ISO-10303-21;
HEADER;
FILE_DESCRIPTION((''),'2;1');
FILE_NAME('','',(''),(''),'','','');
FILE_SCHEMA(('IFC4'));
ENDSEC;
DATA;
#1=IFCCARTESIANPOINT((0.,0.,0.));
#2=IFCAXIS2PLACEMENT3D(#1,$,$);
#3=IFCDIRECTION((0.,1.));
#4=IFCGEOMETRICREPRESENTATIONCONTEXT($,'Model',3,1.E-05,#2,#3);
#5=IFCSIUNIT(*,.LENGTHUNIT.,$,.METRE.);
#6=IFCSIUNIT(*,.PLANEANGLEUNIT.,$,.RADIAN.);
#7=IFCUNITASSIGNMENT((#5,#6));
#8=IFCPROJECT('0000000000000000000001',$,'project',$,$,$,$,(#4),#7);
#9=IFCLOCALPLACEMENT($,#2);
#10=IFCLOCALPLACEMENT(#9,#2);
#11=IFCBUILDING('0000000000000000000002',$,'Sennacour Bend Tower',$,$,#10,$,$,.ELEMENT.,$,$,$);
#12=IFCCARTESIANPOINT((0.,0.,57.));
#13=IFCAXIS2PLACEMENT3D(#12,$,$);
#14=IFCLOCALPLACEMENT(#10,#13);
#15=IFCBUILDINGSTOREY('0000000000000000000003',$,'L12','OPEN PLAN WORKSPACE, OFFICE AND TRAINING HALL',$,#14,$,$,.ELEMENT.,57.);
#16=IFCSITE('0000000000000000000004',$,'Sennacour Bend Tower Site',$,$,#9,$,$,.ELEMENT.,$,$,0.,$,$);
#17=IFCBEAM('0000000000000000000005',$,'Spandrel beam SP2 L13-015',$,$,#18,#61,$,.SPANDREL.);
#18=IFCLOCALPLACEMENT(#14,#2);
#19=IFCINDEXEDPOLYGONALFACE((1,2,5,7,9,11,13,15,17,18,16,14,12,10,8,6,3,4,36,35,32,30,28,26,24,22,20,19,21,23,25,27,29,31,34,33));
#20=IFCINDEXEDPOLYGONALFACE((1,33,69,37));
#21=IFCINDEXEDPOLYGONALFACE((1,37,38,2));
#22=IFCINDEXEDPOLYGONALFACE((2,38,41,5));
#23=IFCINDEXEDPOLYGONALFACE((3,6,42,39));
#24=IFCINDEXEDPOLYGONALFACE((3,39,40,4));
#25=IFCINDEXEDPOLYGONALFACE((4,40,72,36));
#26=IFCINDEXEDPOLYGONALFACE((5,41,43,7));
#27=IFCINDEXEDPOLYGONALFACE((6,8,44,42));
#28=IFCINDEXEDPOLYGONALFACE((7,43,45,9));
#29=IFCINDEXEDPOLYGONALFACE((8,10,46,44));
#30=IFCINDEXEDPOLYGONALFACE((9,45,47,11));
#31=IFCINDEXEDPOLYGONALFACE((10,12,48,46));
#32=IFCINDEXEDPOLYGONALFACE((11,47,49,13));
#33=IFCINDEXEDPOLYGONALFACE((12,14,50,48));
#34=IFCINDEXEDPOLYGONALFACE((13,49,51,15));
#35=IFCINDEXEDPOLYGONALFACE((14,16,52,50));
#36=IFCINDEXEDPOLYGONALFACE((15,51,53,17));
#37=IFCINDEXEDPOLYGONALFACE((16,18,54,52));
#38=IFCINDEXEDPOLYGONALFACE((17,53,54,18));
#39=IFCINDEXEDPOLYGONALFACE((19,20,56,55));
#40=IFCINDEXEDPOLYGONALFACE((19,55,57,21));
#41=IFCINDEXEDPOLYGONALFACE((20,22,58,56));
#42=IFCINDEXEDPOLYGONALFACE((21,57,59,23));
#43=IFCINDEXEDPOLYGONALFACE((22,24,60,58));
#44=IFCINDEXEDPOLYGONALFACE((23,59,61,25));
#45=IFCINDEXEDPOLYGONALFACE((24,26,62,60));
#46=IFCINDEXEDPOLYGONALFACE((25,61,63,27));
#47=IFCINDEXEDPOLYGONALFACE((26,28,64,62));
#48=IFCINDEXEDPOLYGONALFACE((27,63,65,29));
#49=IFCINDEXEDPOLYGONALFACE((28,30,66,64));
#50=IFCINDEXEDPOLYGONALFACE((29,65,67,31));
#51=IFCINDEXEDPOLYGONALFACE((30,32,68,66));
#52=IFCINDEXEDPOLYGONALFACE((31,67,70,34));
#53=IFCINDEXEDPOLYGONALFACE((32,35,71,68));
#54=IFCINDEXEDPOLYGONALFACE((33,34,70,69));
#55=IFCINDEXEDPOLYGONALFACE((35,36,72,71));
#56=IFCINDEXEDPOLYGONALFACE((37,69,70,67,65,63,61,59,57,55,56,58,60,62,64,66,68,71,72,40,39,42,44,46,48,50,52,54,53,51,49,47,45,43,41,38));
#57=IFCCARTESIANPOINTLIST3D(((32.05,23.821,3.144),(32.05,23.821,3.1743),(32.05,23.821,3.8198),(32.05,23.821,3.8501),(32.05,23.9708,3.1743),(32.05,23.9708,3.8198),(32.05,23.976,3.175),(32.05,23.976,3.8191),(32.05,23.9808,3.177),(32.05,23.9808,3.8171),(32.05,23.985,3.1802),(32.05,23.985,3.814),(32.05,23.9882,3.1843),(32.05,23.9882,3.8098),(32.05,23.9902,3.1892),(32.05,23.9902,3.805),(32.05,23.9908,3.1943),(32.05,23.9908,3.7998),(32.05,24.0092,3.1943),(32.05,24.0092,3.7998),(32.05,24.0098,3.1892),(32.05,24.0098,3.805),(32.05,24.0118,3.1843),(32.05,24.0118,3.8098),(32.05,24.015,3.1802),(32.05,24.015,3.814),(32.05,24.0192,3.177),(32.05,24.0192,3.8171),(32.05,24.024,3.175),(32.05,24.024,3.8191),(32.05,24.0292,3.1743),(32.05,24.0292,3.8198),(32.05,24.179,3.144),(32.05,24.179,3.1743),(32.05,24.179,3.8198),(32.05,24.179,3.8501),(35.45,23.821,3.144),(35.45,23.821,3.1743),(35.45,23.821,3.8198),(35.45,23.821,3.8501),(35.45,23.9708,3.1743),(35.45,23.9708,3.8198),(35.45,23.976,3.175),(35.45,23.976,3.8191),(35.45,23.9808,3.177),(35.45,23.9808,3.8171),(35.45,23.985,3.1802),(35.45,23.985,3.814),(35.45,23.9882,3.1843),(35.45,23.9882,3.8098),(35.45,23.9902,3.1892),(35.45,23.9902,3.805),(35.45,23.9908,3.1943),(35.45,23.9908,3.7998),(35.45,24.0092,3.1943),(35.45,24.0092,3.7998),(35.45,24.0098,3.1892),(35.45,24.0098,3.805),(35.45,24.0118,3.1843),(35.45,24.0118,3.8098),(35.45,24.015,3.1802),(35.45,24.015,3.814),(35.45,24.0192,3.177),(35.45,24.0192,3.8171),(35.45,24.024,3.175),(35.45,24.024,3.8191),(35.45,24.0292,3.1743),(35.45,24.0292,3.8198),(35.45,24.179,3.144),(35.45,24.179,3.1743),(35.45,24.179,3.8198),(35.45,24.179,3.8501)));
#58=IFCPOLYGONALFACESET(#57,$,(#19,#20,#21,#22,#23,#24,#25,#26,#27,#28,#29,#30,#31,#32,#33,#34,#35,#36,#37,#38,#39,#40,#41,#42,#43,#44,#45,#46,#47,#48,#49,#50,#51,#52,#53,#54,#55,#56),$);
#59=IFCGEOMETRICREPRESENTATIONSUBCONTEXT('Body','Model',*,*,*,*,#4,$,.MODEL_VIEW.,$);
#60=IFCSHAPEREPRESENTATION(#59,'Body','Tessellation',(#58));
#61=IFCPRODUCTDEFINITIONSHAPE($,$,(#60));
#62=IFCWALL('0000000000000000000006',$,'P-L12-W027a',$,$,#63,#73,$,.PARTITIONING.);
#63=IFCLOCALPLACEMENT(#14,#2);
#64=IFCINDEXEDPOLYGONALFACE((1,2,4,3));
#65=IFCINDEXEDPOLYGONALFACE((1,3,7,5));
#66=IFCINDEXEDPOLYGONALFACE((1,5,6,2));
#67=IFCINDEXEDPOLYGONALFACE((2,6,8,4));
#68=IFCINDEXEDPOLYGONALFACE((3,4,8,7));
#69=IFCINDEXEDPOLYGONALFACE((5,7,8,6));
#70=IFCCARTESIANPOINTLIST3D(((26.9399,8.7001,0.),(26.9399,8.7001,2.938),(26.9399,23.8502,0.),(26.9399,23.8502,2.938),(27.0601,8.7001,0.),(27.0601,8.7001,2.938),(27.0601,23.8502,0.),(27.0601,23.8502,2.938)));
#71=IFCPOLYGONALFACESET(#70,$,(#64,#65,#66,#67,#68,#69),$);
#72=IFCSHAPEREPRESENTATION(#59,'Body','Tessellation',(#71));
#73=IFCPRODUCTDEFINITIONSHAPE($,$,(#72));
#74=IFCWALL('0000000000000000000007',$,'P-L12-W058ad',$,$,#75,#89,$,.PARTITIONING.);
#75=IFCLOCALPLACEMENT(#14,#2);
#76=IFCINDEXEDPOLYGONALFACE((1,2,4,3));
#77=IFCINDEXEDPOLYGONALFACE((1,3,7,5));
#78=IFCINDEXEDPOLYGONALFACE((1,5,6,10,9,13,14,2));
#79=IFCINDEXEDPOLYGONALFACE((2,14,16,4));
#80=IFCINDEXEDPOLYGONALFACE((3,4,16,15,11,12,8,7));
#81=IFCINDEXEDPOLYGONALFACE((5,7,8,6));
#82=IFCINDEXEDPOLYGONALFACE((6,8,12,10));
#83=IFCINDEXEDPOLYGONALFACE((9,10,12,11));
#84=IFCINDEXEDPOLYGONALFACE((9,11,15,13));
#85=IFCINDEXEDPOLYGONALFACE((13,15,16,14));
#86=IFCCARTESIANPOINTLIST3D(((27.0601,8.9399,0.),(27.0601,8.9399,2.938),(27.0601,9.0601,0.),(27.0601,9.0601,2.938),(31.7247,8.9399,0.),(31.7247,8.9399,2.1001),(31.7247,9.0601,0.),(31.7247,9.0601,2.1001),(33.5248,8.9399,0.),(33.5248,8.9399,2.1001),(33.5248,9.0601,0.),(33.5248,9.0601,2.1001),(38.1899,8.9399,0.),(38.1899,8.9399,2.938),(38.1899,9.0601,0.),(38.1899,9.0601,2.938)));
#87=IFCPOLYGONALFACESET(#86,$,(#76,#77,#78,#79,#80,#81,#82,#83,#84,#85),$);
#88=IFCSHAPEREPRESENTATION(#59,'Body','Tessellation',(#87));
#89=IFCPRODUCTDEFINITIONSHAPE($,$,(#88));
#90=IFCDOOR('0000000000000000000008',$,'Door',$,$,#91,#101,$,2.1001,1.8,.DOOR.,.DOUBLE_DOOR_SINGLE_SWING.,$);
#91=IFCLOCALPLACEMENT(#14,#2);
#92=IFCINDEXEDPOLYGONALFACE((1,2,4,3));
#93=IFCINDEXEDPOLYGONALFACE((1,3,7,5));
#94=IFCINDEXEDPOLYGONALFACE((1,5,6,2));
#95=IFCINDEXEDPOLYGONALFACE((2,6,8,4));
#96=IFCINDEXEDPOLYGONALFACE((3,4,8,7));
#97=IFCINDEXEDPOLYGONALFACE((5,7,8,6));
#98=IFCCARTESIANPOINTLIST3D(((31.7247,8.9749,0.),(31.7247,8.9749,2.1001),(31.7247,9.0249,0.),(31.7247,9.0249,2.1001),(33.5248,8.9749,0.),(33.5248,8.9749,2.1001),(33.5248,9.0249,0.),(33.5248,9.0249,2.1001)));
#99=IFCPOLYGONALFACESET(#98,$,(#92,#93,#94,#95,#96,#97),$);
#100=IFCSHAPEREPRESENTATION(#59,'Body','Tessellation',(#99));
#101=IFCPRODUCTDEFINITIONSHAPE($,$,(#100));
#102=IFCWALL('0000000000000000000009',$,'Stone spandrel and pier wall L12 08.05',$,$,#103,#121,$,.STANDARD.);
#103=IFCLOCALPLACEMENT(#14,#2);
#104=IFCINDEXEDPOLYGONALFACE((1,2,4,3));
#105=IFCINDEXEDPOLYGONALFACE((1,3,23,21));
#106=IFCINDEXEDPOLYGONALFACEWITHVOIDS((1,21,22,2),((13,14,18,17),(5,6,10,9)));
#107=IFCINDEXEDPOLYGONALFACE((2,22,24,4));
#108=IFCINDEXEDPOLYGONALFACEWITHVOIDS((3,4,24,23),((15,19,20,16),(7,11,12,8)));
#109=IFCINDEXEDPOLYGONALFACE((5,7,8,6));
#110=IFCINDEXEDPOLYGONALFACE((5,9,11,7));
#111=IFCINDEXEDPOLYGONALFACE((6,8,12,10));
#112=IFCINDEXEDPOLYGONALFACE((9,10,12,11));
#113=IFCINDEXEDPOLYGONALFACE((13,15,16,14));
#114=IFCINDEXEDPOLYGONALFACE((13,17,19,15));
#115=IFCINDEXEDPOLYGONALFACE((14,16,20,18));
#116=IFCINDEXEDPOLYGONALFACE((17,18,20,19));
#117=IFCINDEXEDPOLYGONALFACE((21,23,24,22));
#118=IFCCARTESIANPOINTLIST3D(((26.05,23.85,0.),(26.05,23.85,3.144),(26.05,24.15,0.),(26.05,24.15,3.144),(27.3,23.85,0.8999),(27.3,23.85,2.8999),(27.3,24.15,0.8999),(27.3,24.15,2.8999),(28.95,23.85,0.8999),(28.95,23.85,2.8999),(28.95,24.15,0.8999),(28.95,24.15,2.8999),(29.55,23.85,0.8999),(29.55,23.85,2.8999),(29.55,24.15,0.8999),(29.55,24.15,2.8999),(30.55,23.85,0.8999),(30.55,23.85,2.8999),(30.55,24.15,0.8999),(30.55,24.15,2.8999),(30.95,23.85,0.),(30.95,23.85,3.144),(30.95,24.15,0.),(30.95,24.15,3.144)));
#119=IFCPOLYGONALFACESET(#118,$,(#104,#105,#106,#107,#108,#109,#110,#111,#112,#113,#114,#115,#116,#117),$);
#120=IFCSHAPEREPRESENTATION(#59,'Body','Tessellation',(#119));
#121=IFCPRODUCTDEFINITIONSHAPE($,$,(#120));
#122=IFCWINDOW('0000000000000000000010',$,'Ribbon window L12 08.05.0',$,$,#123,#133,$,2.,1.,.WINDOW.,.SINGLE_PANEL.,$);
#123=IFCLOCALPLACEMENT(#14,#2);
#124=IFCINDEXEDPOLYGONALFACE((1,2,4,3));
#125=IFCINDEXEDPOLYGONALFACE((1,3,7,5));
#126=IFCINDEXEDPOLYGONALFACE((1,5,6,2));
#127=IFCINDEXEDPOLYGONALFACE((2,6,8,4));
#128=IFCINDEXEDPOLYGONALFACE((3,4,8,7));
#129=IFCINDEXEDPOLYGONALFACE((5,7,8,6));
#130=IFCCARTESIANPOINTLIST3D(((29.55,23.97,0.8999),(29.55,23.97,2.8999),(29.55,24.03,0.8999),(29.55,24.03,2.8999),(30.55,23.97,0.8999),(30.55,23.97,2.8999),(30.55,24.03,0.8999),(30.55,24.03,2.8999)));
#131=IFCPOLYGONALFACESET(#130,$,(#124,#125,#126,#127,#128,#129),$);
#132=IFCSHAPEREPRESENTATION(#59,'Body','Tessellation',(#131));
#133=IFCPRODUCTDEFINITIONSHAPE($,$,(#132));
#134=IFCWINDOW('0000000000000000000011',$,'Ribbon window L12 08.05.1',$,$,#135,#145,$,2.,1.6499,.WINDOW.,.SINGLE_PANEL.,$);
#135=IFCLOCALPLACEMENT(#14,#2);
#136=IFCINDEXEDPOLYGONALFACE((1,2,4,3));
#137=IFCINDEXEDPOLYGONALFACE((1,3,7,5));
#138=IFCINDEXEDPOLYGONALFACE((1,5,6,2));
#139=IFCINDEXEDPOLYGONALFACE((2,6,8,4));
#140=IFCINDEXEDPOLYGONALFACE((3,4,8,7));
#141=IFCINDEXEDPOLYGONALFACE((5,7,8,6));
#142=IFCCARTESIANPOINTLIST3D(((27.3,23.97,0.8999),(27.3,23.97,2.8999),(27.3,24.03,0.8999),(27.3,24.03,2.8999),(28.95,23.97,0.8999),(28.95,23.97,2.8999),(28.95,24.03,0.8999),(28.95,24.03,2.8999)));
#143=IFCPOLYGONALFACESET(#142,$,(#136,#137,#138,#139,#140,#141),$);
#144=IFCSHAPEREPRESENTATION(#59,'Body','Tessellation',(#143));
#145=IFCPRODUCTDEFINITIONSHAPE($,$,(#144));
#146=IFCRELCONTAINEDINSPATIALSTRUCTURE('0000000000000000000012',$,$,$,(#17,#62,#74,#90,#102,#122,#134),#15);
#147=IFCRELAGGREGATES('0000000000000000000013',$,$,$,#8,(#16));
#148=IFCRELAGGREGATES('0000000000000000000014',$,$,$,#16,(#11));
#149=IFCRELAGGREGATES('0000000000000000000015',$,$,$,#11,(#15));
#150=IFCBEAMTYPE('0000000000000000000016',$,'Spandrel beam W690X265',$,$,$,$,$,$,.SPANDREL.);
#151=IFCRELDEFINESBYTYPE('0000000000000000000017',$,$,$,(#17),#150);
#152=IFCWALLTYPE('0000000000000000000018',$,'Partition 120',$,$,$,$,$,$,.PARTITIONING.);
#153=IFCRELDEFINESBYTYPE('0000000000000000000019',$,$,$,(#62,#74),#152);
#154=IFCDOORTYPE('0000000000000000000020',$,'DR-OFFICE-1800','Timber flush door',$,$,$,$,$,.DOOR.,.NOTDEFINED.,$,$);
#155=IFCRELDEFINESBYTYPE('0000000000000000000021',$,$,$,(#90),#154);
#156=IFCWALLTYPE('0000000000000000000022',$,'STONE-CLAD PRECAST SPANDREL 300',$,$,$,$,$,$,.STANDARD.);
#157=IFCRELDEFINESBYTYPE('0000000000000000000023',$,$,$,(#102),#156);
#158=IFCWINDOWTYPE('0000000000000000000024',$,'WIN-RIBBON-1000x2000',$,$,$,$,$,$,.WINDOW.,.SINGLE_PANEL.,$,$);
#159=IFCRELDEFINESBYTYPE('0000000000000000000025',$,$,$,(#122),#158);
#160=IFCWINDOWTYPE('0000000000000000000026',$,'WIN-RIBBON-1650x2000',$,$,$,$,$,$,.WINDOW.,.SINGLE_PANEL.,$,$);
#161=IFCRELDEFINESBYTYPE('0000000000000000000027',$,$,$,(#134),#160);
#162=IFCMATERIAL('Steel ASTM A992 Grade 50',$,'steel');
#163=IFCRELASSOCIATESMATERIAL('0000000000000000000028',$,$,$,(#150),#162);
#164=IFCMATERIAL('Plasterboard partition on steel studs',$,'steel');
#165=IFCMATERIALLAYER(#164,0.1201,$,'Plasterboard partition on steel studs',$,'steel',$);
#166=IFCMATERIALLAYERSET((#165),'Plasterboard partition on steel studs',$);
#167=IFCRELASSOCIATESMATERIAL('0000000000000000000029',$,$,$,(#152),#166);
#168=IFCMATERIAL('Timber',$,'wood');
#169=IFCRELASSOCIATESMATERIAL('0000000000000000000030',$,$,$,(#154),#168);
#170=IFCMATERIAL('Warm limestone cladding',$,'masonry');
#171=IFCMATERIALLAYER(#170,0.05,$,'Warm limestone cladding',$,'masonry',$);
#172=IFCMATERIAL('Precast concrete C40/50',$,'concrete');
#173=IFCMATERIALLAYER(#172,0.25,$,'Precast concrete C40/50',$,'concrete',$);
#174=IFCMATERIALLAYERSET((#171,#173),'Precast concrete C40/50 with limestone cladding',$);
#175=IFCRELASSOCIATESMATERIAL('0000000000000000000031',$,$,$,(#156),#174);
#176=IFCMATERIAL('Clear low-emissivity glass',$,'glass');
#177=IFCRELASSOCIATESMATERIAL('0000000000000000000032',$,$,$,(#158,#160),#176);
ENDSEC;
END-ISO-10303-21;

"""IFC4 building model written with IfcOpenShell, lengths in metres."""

from ifc_helpers import new_model, si_unit, direction, frame, frame_2d, origin, origin_2d, place, context, subcontext, project, spatial, rectangle, i_section, extrude, material, layer, layer_set, material_profile, profile_set, type_object, element, fill, save


model = new_model("IFC4")

# Units and contexts
model_context = context("Model", 3, precision=1e-05, world=origin(), true_north=direction((0.0, 1.0)))
body_context = subcontext(model_context, "Body", "Model", "MODEL_VIEW")
ifc_project = project(units=[si_unit("LENGTHUNIT", "METRE"), si_unit("PLANEANGLEUNIT", "RADIAN")], contexts=[model_context])

# Site, building, storey
site_placement = place(None, origin())
site = spatial("IfcSite", under=ifc_project, at=site_placement, Name="Sennacour Bend Tower Site", CompositionType="ELEMENT", RefElevation=0.0)
building_placement = place(site_placement, origin())
building = spatial("IfcBuilding", under=site, at=building_placement, Name="Sennacour Bend Tower", CompositionType="ELEMENT")
storey_placement = place(building_placement, frame((0.0, 0.0, 57.0)))
storey = spatial("IfcBuildingStorey", under=building, at=storey_placement, Name="L12", Description="OPEN PLAN WORKSPACE, OFFICE AND TRAINING HALL", CompositionType="ELEMENT", Elevation=57.0)

# Beam
ifc_material_1 = material(Name="Steel ASTM A992 Grade 50", Category="steel")
ifc_material_profile_1 = material_profile(ifc_material_1, i_section(OverallWidth=0.3579, OverallDepth=0.7061, WebThickness=0.0183, FlangeThickness=0.0303, FilletRadius=0.02, at=origin_2d()), Name="Steel ASTM A992 Grade 50", Category="steel")
ifc_profile_set_1 = profile_set([ifc_material_profile_1], Name="Steel ASTM A992 Grade 50")
beam_type_1 = type_object("IfcBeamType", Name="Spandrel beam W690X265", PredefinedType="SPANDREL", material=ifc_profile_set_1)
beam_1_placement = place(storey_placement, frame((32.05, 24.0, 3.4971), z_axis=(1.0, 0.0, 0.0), x_axis=(0.0, 1.0, 0.0)))
element("IfcBeam", 1, at=beam_1_placement, inside=storey, type_object=beam_type_1, Name="Spandrel beam SP2 L13-015", PredefinedType="SPANDREL", context=body_context, shape_type="SweptSolid", body=[
    extrude(i_section(OverallWidth=0.3579, OverallDepth=0.7061, WebThickness=0.0183, FlangeThickness=0.0303, FilletRadius=0.02, at=origin_2d()), origin(), (0.0, 0.0, 1.0), 3.3999),
])

# Wall
ifc_material_2 = material(Name="Plasterboard partition on steel studs", Category="steel")
ifc_layer_1 = layer(ifc_material_2, 0.1201, Name="Plasterboard partition on steel studs", Category="steel")
ifc_layer_set_1 = layer_set([ifc_layer_1], Name="Plasterboard partition on steel studs")
wall_type_1 = type_object("IfcWallType", Name="Partition 120", PredefinedType="PARTITIONING", material=ifc_layer_set_1)
wall_1_placement = place(storey_placement, frame((27.0, 8.7, 0.0), z_axis=(0.0, 0.0, 1.0), x_axis=(0.0, 1.0, 0.0)))
element("IfcWall", 2, at=wall_1_placement, inside=storey, type_object=wall_type_1, Name="P-L12-W027a", PredefinedType="PARTITIONING", context=body_context, shape_type="SweptSolid", body=[
    extrude(rectangle(XDim=15.1501, YDim=0.1201, at=frame_2d((7.5752, 0.0))), origin(), (0.0, 0.0, 1.0), 2.938),
])

# Wall, opening, door
wall_2_placement = place(storey_placement, frame((27.0601, 9.0, 0.0), z_axis=(0.0, 0.0, 1.0), x_axis=(1.0, 0.0, 0.0)))
wall_2 = element("IfcWall", 3, at=wall_2_placement, inside=storey, type_object=wall_type_1, Name="P-L12-W058ad", PredefinedType="PARTITIONING", context=body_context, shape_type="SweptSolid", body=[
    extrude(rectangle(XDim=11.1299, YDim=0.1201, at=frame_2d((5.5649, 0.0))), origin(), (0.0, 0.0, 1.0), 2.938),
])
opening_1_placement = place(wall_2_placement, frame((4.6648, 0.0, 0.0)))
opening_1 = element("IfcOpeningElement", 4, at=opening_1_placement, cuts=wall_2, PredefinedType="OPENING", context=body_context, shape_type="SweptSolid", body=[
    extrude(rectangle(XDim=1.8, YDim=2.1001, at=frame_2d((0.8999, 1.05))), frame((0.0, 0.0701, 0.0), z_axis=(0.0, -1.0, 0.0), x_axis=(1.0, 0.0, 0.0)), (0.0, 0.0, 1.0), 0.1401),
])
ifc_material_3 = material(Name="Timber", Category="wood")
door_type = type_object("IfcDoorType", Name="DR-OFFICE-1800", Description="Timber flush door", OperationType="NOTDEFINED", PredefinedType="DOOR", material=ifc_material_3)
door_placement = place(opening_1_placement, origin())
door = element("IfcDoor", 5, at=door_placement, inside=storey, type_object=door_type, Name="Door", OperationType="DOUBLE_DOOR_SINGLE_SWING", OverallHeight=2.1001, OverallWidth=1.8, PredefinedType="DOOR", context=body_context, shape_type="SweptSolid", body=[
    extrude(rectangle(XDim=1.8, YDim=2.1001, at=frame_2d((0.8999, 1.05))), frame((0.0, 0.0249, 0.0), z_axis=(0.0, -1.0, 0.0), x_axis=(1.0, 0.0, 0.0)), (0.0, 0.0, 1.0), 0.05),
])
fill(opening_1, door)

# Wall, openings, windows
ifc_material_4 = material(Name="Warm limestone cladding", Category="masonry")
ifc_layer_2 = layer(ifc_material_4, 0.05, Name="Warm limestone cladding", Category="masonry")
ifc_material_5 = material(Name="Precast concrete C40/50", Category="concrete")
ifc_layer_3 = layer(ifc_material_5, 0.25, Name="Precast concrete C40/50", Category="concrete")
ifc_layer_set_2 = layer_set([ifc_layer_2, ifc_layer_3], Name="Precast concrete C40/50 with limestone cladding")
wall_type_2 = type_object("IfcWallType", Name="STONE-CLAD PRECAST SPANDREL 300", PredefinedType="STANDARD", material=ifc_layer_set_2)
wall_3_placement = place(storey_placement, frame((30.95, 24.0, 0.0), z_axis=(0.0, 0.0, 1.0), x_axis=(-1.0, 0.0, 0.0)))
wall_3 = element("IfcWall", 6, at=wall_3_placement, inside=storey, type_object=wall_type_2, Name="Stone spandrel and pier wall L12 08.05", PredefinedType="STANDARD", context=body_context, shape_type="SweptSolid", body=[
    extrude(rectangle(XDim=4.8999, YDim=0.3, at=frame_2d((2.45, 0.0))), origin(), (0.0, 0.0, 1.0), 3.144),
])
opening_2_placement = place(wall_3_placement, frame((0.3999, 0.0, 0.8999)))
opening_2 = element("IfcOpeningElement", 7, at=opening_2_placement, cuts=wall_3, PredefinedType="OPENING", context=body_context, shape_type="SweptSolid", body=[
    extrude(rectangle(XDim=1.0, YDim=2.0, at=frame_2d((0.5, 1.0))), frame((0.0, 0.1602, 0.0), z_axis=(0.0, -1.0, 0.0), x_axis=(1.0, 0.0, 0.0)), (0.0, 0.0, 1.0), 0.3201),
])
opening_3_placement = place(wall_3_placement, frame((2.0, 0.0, 0.8999)))
opening_3 = element("IfcOpeningElement", 8, at=opening_3_placement, cuts=wall_3, PredefinedType="OPENING", context=body_context, shape_type="SweptSolid", body=[
    extrude(rectangle(XDim=1.6499, YDim=2.0, at=frame_2d((0.825, 1.0))), frame((0.0, 0.1602, 0.0), z_axis=(0.0, -1.0, 0.0), x_axis=(1.0, 0.0, 0.0)), (0.0, 0.0, 1.0), 0.3201),
])
ifc_material_6 = material(Name="Clear low-emissivity glass", Category="glass")
window_type_1 = type_object("IfcWindowType", Name="WIN-RIBBON-1000x2000", PartitioningType="SINGLE_PANEL", PredefinedType="WINDOW", material=ifc_material_6)
window_1_placement = place(opening_2_placement, origin())
window_1 = element("IfcWindow", 9, at=window_1_placement, inside=storey, type_object=window_type_1, Name="Ribbon window L12 08.05.0", OverallHeight=2.0, OverallWidth=1.0, PartitioningType="SINGLE_PANEL", PredefinedType="WINDOW", context=body_context, shape_type="SweptSolid", body=[
    extrude(rectangle(XDim=1.0, YDim=2.0, at=frame_2d((0.5, 1.0))), frame((0.0, 0.03, 0.0), z_axis=(0.0, -1.0, 0.0), x_axis=(1.0, 0.0, 0.0)), (0.0, 0.0, 1.0), 0.0601),
])
fill(opening_2, window_1)
window_type_2 = type_object("IfcWindowType", Name="WIN-RIBBON-1650x2000", PartitioningType="SINGLE_PANEL", PredefinedType="WINDOW", material=ifc_material_6)
window_2_placement = place(opening_3_placement, origin())
window_2 = element("IfcWindow", 10, at=window_2_placement, inside=storey, type_object=window_type_2, Name="Ribbon window L12 08.05.1", OverallHeight=2.0, OverallWidth=1.6499, PartitioningType="SINGLE_PANEL", PredefinedType="WINDOW", context=body_context, shape_type="SweptSolid", body=[
    extrude(rectangle(XDim=1.6499, YDim=2.0, at=frame_2d((0.825, 1.0))), frame((0.0, 0.03, 0.0), z_axis=(0.0, -1.0, 0.0), x_axis=(1.0, 0.0, 0.0)), (0.0, 0.0, 1.0), 0.0601),
])
fill(opening_3, window_2)

save(model, "model.ifc")
